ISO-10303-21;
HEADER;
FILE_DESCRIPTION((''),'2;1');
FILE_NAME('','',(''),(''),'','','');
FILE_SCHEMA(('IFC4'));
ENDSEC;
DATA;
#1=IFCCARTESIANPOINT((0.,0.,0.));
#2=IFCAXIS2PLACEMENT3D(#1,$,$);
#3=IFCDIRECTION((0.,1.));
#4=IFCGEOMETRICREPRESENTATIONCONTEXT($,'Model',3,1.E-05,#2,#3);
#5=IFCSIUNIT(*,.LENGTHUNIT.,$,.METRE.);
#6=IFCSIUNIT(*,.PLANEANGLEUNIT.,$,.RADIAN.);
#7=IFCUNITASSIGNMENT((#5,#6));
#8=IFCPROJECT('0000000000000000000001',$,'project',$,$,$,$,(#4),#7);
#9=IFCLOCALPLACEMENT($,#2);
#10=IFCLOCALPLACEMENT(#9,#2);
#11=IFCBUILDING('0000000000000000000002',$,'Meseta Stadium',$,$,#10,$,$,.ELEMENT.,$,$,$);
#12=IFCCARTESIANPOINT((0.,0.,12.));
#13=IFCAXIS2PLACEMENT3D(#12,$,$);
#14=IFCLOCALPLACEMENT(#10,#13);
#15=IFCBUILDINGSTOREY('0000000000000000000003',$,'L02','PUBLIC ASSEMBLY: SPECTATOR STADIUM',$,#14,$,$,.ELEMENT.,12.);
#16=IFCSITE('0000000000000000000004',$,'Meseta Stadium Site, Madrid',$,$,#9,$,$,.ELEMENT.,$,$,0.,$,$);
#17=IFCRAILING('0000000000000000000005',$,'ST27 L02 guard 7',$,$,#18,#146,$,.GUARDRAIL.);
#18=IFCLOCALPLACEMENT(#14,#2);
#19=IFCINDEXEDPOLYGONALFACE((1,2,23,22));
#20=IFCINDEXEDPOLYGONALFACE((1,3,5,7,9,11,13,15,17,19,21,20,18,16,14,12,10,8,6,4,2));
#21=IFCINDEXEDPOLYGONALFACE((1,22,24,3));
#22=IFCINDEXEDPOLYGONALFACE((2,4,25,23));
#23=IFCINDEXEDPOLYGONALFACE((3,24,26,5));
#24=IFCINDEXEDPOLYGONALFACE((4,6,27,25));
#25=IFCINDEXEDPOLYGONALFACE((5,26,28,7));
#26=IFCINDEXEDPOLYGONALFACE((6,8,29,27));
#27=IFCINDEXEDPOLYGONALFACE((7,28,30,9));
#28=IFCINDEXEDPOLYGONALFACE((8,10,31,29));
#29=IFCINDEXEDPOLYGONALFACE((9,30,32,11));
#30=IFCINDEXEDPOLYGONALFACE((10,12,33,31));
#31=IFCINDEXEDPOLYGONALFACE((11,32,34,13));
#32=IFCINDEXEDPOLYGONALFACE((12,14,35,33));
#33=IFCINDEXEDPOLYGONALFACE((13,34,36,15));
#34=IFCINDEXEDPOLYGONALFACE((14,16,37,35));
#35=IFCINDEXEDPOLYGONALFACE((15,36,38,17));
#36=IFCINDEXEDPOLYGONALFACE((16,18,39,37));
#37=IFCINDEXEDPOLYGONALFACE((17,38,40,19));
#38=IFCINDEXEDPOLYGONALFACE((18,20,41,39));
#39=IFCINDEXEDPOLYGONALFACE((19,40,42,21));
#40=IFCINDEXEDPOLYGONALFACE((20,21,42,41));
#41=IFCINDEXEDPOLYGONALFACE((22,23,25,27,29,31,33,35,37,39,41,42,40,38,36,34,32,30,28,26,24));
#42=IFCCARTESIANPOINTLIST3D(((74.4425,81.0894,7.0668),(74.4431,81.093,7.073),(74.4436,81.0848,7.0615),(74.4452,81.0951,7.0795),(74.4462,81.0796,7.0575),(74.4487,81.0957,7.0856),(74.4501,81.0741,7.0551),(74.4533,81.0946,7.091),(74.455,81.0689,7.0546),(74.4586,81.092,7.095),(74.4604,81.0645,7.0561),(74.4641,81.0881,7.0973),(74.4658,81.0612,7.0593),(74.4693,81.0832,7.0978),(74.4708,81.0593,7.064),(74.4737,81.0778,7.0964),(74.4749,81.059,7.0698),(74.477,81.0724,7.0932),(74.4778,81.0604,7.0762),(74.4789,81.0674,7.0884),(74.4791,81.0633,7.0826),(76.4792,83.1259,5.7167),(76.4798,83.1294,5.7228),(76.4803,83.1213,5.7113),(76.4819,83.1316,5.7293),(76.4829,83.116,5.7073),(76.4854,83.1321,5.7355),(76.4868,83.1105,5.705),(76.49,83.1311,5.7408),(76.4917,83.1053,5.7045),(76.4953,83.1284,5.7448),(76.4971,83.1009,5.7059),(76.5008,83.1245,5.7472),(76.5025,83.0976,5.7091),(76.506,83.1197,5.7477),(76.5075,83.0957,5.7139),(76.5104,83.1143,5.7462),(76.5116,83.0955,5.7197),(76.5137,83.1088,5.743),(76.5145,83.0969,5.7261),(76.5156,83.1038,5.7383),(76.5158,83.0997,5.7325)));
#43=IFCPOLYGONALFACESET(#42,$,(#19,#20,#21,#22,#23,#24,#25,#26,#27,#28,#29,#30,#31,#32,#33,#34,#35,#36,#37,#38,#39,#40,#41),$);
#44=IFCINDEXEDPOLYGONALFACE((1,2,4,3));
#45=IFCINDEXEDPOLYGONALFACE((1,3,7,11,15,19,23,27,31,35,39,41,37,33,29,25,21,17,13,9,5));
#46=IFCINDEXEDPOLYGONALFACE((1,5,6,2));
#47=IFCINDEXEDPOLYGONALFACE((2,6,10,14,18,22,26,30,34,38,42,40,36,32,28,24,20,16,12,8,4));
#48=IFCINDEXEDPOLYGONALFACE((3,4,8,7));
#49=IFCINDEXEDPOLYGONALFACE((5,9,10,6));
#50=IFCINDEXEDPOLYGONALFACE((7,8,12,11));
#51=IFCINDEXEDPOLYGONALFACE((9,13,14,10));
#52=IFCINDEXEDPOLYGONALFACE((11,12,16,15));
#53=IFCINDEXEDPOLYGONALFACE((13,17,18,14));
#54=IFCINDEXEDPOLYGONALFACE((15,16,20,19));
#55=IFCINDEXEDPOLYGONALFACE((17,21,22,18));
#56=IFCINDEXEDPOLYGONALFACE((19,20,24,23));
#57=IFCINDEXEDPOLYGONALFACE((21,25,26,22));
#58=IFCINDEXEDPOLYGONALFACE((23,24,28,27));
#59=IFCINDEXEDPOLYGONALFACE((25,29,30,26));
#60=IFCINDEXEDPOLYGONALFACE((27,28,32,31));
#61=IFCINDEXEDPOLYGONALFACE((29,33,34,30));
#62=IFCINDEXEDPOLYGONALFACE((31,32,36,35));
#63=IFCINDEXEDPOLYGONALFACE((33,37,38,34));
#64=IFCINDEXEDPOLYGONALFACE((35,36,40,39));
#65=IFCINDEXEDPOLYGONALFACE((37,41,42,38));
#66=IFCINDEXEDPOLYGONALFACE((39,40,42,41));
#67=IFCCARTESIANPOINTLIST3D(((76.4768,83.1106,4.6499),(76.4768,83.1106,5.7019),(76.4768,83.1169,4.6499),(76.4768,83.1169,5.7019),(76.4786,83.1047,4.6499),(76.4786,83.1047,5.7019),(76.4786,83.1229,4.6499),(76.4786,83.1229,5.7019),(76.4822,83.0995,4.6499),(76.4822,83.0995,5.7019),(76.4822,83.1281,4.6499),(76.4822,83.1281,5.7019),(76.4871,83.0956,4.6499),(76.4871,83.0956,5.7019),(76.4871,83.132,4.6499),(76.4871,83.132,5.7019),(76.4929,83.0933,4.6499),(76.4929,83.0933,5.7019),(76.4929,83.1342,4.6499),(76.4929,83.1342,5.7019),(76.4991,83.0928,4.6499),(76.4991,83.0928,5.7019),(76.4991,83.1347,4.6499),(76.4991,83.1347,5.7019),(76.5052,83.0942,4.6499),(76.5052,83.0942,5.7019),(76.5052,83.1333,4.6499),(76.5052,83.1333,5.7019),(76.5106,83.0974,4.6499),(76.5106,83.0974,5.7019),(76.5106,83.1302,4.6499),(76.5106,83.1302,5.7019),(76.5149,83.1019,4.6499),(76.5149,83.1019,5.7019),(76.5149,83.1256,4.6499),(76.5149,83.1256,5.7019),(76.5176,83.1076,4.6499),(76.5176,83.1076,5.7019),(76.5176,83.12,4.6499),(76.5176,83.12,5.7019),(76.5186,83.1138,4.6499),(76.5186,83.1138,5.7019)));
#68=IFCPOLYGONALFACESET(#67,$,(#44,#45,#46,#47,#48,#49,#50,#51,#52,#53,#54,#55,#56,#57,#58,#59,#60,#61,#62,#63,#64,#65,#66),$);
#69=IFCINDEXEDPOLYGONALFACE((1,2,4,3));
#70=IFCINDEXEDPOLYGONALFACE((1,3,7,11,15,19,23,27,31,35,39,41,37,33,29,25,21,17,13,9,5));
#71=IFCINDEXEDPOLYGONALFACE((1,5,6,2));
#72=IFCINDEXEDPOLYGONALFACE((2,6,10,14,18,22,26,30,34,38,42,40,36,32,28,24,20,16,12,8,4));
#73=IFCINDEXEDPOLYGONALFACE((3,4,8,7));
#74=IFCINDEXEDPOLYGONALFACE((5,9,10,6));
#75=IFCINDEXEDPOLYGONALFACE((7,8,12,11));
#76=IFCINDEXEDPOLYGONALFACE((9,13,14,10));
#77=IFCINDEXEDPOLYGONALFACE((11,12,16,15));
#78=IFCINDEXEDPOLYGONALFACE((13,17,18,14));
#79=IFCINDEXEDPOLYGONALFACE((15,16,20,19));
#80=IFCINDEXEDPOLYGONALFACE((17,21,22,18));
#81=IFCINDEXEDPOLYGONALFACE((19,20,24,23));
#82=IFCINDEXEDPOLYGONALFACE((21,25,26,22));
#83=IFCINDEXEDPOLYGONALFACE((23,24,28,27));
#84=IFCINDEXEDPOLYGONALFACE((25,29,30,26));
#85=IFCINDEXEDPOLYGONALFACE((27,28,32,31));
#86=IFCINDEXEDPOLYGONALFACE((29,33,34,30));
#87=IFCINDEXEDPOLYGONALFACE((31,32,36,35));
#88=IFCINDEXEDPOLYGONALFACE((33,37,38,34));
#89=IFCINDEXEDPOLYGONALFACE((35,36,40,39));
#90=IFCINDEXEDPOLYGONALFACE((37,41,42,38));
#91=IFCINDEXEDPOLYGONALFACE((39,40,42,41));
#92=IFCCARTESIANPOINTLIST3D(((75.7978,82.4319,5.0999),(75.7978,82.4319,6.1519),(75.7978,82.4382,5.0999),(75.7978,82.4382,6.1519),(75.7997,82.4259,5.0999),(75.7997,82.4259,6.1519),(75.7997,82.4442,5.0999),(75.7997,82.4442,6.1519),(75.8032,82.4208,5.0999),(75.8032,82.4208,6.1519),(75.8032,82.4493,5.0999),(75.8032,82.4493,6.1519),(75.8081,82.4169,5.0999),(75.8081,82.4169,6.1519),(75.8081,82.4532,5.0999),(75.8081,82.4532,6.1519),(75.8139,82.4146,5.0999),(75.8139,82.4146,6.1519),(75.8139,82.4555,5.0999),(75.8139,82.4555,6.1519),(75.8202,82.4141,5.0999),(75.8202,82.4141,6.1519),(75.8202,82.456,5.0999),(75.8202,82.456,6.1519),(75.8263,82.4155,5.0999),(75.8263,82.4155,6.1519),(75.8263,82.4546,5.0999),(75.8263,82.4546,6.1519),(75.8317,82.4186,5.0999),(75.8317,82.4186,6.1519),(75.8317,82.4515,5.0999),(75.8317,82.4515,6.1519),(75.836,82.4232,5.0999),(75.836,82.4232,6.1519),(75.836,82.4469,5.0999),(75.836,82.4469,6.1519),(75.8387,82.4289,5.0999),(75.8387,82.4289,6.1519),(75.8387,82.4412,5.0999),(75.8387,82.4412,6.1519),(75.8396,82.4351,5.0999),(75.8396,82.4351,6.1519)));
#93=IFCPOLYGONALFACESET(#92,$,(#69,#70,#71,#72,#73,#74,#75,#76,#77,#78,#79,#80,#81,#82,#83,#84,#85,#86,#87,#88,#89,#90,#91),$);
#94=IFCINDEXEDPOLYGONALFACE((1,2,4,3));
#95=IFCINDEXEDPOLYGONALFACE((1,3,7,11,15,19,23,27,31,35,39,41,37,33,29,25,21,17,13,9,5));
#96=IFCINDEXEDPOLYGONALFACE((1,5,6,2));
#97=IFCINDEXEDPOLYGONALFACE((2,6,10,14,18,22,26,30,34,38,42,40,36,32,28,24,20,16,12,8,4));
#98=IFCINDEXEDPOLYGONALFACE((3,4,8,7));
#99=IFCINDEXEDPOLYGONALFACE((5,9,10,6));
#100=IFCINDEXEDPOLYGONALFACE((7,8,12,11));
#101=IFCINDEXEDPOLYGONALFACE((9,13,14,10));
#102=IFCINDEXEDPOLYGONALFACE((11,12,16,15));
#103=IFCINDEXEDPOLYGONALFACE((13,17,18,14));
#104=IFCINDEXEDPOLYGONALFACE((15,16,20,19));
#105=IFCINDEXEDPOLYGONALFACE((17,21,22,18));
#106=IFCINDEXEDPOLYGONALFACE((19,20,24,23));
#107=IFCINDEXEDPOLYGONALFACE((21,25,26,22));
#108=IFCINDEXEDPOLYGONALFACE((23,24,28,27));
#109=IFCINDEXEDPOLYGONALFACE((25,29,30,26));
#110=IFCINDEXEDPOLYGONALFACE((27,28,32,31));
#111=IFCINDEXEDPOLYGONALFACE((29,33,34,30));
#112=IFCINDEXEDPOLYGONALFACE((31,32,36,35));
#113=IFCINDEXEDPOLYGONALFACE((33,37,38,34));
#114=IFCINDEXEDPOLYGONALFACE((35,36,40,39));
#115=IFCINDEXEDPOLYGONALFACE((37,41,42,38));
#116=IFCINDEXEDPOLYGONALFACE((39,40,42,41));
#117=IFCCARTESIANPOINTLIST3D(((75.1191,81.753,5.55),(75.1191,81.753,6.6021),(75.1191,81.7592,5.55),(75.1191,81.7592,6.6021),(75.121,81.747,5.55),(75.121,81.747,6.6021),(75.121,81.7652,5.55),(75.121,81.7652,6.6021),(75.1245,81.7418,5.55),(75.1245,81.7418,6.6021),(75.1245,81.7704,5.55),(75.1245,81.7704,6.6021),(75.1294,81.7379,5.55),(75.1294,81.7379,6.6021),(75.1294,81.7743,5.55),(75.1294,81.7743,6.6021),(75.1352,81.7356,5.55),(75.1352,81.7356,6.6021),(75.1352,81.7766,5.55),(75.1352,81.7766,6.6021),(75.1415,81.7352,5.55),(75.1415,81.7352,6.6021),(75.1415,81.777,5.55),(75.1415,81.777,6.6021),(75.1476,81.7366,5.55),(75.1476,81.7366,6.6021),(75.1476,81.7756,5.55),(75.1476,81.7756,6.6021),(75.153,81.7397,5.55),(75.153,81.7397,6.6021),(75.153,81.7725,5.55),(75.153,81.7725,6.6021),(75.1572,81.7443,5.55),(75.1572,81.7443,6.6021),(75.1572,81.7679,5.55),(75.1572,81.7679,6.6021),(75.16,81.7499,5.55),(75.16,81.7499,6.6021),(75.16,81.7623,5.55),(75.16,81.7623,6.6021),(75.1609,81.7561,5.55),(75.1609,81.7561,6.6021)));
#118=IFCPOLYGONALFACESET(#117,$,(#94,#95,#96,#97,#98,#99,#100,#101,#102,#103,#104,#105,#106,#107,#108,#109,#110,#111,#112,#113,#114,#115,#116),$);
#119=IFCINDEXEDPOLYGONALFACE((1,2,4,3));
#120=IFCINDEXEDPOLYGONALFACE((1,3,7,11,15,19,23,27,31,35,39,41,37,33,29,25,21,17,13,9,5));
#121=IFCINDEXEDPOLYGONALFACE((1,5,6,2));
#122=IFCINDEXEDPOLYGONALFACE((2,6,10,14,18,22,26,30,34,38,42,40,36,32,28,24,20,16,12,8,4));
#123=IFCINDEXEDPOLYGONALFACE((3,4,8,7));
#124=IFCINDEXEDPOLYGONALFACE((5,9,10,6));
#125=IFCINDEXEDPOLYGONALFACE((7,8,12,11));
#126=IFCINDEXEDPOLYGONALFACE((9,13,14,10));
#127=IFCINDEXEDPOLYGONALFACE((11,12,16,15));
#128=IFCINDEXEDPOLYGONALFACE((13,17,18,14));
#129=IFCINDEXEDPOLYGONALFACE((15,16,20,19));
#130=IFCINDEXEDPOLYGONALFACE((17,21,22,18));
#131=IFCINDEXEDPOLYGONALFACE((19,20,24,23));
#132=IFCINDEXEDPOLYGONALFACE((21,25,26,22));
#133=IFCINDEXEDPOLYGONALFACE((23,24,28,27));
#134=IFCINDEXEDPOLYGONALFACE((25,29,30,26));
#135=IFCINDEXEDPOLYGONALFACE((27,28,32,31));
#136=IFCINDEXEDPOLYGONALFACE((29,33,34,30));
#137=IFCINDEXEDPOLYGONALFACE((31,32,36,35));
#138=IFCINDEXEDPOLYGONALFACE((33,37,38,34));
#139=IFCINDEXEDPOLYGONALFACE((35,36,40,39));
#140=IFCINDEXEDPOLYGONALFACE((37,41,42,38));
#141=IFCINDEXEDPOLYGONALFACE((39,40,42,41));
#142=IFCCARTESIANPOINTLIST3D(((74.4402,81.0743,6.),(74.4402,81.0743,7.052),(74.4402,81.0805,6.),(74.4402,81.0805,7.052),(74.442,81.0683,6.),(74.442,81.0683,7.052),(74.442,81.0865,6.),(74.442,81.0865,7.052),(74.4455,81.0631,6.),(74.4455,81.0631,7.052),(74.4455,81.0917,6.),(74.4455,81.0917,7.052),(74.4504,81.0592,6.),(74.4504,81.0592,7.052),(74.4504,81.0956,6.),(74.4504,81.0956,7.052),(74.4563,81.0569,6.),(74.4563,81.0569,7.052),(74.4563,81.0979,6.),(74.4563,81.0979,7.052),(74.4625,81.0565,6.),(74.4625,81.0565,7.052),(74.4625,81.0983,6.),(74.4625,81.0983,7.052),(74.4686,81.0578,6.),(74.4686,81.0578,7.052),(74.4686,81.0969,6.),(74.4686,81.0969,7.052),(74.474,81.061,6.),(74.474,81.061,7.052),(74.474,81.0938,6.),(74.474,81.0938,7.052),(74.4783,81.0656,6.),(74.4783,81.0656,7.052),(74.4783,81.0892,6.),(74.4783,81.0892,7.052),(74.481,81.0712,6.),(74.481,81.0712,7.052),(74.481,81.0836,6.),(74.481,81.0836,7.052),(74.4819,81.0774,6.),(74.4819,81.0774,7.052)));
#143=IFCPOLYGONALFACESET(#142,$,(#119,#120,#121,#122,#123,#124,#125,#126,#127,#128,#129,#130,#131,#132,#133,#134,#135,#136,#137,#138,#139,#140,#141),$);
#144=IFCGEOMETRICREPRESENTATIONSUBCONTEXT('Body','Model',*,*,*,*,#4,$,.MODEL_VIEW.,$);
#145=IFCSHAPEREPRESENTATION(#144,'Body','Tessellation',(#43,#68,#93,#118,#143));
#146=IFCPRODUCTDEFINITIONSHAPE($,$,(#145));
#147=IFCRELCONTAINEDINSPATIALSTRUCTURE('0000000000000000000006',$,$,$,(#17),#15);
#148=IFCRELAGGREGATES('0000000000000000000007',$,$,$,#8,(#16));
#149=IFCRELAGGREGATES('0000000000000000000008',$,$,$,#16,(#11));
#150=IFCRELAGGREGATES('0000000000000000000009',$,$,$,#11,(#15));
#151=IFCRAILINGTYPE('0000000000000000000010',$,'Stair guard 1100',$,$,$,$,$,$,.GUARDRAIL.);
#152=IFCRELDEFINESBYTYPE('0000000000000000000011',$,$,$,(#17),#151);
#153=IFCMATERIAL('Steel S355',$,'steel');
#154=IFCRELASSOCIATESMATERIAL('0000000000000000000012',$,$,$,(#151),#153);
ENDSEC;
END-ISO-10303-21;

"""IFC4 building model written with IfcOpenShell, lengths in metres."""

from ifc_helpers import new_model, si_unit, direction, frame, origin, origin_2d, place, context, subcontext, project, spatial, circle, extrude, material, type_object, element, save


model = new_model("IFC4")

# Units and contexts
model_context = context("Model", 3, precision=1e-05, world=origin(), true_north=direction((0.0, 1.0)))
body_context = subcontext(model_context, "Body", "Model", "MODEL_VIEW")
ifc_project = project(units=[si_unit("LENGTHUNIT", "METRE"), si_unit("PLANEANGLEUNIT", "RADIAN")], contexts=[model_context])

# Site, building, storey
site_placement = place(None, origin())
site = spatial("IfcSite", under=ifc_project, at=site_placement, Name="Meseta Stadium Site, Madrid", CompositionType="ELEMENT", RefElevation=0.0)
building_placement = place(site_placement, origin())
building = spatial("IfcBuilding", under=site, at=building_placement, Name="Meseta Stadium", CompositionType="ELEMENT")
storey_placement = place(building_placement, frame((0.0, 0.0, 12.0)))
storey = spatial("IfcBuildingStorey", under=building, at=storey_placement, Name="L02", Description="PUBLIC ASSEMBLY: SPECTATOR STADIUM", CompositionType="ELEMENT", Elevation=12.0)

# Railing
ifc_material_1 = material(Name="Steel S355", Category="steel")
railing_type_1 = type_object("IfcRailingType", Name="Stair guard 1100", PredefinedType="GUARDRAIL", material=ifc_material_1)
railing_1_placement = place(storey_placement, frame((76.4976, 83.1138, 4.6499)))
element("IfcRailing", 1, at=railing_1_placement, inside=storey, type_object=railing_type_1, Name="ST27 L02 guard 7", PredefinedType="GUARDRAIL", context=body_context, shape_type="SweptSolid", body=[
    extrude(circle(Radius=0.0239, at=origin_2d()), frame((0.0, 0.0, 1.0762), z_axis=(-0.640288, -0.640211, 0.424454), x_axis=(0.707064, -0.707149, 0.0)), (0.0, 0.0, 1.0), 3.1809),
    extrude(circle(Radius=0.021, at=origin_2d()), origin(), (0.0, 0.0, 1.0), 1.052),
    extrude(circle(Radius=0.021, at=origin_2d()), frame((-0.679, -0.6787, 0.45)), (0.0, 0.0, 1.0), 1.052),
    extrude(circle(Radius=0.021, at=origin_2d()), frame((-1.3577, -1.3577, 0.9001)), (0.0, 0.0, 1.0), 1.052),
    extrude(circle(Radius=0.021, at=origin_2d()), frame((-2.0366, -2.0364, 1.3501)), (0.0, 0.0, 1.0), 1.052),
])

save(model, "model.ifc")
